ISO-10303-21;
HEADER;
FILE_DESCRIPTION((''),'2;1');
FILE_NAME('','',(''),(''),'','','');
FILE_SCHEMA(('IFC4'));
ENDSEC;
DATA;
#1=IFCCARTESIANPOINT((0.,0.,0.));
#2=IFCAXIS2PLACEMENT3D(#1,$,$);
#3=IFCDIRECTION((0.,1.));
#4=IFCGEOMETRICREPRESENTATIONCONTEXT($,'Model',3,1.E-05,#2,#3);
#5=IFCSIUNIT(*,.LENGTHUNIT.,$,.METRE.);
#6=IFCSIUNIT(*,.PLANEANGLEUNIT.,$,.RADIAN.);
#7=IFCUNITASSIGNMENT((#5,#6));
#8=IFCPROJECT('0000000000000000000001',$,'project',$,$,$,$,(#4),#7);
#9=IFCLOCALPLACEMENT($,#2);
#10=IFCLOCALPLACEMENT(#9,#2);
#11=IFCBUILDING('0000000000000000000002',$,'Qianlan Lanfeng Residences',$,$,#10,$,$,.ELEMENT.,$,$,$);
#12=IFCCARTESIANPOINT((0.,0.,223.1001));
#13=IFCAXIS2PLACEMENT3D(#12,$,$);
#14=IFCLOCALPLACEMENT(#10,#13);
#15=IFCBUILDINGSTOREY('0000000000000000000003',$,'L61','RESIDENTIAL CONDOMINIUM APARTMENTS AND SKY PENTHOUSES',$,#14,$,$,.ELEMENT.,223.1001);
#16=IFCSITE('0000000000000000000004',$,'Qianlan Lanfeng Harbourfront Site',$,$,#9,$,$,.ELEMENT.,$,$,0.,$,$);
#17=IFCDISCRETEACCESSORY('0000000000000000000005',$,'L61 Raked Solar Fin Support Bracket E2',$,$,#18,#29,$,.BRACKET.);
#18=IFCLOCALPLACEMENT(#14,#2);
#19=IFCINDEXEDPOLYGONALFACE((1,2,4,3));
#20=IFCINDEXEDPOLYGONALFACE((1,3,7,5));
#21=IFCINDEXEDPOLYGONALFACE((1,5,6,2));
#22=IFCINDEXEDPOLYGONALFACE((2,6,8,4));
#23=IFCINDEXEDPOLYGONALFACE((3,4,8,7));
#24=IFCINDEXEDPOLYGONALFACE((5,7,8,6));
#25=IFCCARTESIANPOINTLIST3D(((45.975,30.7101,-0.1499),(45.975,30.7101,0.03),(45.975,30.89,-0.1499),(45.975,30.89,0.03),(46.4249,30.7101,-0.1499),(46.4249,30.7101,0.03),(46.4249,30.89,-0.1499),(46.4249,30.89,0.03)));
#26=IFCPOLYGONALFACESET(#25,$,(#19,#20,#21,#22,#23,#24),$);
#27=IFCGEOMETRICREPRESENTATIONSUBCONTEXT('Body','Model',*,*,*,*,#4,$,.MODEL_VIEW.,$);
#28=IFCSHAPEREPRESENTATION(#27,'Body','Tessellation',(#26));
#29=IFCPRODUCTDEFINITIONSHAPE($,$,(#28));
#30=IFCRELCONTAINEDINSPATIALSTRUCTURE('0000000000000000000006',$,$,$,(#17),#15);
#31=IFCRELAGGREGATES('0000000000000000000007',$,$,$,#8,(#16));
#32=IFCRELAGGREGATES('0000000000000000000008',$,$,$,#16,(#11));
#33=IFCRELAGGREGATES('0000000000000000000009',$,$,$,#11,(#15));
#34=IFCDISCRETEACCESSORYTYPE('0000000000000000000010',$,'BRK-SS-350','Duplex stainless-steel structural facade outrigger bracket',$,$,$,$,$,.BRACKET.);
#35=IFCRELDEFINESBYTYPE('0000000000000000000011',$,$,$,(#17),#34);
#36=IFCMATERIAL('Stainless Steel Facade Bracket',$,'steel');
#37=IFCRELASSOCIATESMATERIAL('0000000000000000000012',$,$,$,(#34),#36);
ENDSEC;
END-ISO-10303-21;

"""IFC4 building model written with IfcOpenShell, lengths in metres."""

from ifc_helpers import new_model, si_unit, direction, frame, origin, origin_2d, place, context, subcontext, project, spatial, rectangle, extrude, source, transform, mapped, material, type_object, element, save


model = new_model("IFC4")

# Units and contexts
model_context = context("Model", 3, precision=1e-05, world=origin(), true_north=direction((0.0, 1.0)))
body_context = subcontext(model_context, "Body", "Model", "MODEL_VIEW")
ifc_project = project(units=[si_unit("LENGTHUNIT", "METRE"), si_unit("PLANEANGLEUNIT", "RADIAN")], contexts=[model_context])

# Site, building, storey
site_placement = place(None, origin())
site = spatial("IfcSite", under=ifc_project, at=site_placement, Name="Qianlan Lanfeng Harbourfront Site", CompositionType="ELEMENT", RefElevation=0.0)
building_placement = place(site_placement, origin())
building = spatial("IfcBuilding", under=site, at=building_placement, Name="Qianlan Lanfeng Residences", CompositionType="ELEMENT")
storey_placement = place(building_placement, frame((0.0, 0.0, 223.1001)))
storey = spatial("IfcBuildingStorey", under=building, at=storey_placement, Name="L61", Description="RESIDENTIAL CONDOMINIUM APARTMENTS AND SKY PENTHOUSES", CompositionType="ELEMENT", Elevation=223.1001)

# Discrete accessory
ifc_material_1 = material(Name="Stainless Steel Facade Bracket", Category="steel")
discrete_accessory_type = type_object("IfcDiscreteAccessoryType", Name="BRK-SS-350", Description="Duplex stainless-steel structural facade outrigger bracket", PredefinedType="BRACKET", material=ifc_material_1)
shared_shape_1 = source(origin(), body_context, "Body", "SweptSolid", [
    extrude(rectangle(XDim=0.45, YDim=0.1799, at=origin_2d()), origin(), (0.0, 0.0, 1.0), 0.1799),
])
discrete_accessory_placement = place(storey_placement, frame((46.2, 30.8, -0.1499), z_axis=(0.0, 0.0, 1.0), x_axis=(1.0, 0.0, 0.0)))
element("IfcDiscreteAccessory", 1, at=discrete_accessory_placement, inside=storey, type_object=discrete_accessory_type, Name="L61 Raked Solar Fin Support Bracket E2", PredefinedType="BRACKET", context=body_context, shape_type="MappedRepresentation", body=[
    mapped(shared_shape_1, transform((0.0, 0.0, 0.0), scale=1.0)),
])

save(model, "model.ifc")
